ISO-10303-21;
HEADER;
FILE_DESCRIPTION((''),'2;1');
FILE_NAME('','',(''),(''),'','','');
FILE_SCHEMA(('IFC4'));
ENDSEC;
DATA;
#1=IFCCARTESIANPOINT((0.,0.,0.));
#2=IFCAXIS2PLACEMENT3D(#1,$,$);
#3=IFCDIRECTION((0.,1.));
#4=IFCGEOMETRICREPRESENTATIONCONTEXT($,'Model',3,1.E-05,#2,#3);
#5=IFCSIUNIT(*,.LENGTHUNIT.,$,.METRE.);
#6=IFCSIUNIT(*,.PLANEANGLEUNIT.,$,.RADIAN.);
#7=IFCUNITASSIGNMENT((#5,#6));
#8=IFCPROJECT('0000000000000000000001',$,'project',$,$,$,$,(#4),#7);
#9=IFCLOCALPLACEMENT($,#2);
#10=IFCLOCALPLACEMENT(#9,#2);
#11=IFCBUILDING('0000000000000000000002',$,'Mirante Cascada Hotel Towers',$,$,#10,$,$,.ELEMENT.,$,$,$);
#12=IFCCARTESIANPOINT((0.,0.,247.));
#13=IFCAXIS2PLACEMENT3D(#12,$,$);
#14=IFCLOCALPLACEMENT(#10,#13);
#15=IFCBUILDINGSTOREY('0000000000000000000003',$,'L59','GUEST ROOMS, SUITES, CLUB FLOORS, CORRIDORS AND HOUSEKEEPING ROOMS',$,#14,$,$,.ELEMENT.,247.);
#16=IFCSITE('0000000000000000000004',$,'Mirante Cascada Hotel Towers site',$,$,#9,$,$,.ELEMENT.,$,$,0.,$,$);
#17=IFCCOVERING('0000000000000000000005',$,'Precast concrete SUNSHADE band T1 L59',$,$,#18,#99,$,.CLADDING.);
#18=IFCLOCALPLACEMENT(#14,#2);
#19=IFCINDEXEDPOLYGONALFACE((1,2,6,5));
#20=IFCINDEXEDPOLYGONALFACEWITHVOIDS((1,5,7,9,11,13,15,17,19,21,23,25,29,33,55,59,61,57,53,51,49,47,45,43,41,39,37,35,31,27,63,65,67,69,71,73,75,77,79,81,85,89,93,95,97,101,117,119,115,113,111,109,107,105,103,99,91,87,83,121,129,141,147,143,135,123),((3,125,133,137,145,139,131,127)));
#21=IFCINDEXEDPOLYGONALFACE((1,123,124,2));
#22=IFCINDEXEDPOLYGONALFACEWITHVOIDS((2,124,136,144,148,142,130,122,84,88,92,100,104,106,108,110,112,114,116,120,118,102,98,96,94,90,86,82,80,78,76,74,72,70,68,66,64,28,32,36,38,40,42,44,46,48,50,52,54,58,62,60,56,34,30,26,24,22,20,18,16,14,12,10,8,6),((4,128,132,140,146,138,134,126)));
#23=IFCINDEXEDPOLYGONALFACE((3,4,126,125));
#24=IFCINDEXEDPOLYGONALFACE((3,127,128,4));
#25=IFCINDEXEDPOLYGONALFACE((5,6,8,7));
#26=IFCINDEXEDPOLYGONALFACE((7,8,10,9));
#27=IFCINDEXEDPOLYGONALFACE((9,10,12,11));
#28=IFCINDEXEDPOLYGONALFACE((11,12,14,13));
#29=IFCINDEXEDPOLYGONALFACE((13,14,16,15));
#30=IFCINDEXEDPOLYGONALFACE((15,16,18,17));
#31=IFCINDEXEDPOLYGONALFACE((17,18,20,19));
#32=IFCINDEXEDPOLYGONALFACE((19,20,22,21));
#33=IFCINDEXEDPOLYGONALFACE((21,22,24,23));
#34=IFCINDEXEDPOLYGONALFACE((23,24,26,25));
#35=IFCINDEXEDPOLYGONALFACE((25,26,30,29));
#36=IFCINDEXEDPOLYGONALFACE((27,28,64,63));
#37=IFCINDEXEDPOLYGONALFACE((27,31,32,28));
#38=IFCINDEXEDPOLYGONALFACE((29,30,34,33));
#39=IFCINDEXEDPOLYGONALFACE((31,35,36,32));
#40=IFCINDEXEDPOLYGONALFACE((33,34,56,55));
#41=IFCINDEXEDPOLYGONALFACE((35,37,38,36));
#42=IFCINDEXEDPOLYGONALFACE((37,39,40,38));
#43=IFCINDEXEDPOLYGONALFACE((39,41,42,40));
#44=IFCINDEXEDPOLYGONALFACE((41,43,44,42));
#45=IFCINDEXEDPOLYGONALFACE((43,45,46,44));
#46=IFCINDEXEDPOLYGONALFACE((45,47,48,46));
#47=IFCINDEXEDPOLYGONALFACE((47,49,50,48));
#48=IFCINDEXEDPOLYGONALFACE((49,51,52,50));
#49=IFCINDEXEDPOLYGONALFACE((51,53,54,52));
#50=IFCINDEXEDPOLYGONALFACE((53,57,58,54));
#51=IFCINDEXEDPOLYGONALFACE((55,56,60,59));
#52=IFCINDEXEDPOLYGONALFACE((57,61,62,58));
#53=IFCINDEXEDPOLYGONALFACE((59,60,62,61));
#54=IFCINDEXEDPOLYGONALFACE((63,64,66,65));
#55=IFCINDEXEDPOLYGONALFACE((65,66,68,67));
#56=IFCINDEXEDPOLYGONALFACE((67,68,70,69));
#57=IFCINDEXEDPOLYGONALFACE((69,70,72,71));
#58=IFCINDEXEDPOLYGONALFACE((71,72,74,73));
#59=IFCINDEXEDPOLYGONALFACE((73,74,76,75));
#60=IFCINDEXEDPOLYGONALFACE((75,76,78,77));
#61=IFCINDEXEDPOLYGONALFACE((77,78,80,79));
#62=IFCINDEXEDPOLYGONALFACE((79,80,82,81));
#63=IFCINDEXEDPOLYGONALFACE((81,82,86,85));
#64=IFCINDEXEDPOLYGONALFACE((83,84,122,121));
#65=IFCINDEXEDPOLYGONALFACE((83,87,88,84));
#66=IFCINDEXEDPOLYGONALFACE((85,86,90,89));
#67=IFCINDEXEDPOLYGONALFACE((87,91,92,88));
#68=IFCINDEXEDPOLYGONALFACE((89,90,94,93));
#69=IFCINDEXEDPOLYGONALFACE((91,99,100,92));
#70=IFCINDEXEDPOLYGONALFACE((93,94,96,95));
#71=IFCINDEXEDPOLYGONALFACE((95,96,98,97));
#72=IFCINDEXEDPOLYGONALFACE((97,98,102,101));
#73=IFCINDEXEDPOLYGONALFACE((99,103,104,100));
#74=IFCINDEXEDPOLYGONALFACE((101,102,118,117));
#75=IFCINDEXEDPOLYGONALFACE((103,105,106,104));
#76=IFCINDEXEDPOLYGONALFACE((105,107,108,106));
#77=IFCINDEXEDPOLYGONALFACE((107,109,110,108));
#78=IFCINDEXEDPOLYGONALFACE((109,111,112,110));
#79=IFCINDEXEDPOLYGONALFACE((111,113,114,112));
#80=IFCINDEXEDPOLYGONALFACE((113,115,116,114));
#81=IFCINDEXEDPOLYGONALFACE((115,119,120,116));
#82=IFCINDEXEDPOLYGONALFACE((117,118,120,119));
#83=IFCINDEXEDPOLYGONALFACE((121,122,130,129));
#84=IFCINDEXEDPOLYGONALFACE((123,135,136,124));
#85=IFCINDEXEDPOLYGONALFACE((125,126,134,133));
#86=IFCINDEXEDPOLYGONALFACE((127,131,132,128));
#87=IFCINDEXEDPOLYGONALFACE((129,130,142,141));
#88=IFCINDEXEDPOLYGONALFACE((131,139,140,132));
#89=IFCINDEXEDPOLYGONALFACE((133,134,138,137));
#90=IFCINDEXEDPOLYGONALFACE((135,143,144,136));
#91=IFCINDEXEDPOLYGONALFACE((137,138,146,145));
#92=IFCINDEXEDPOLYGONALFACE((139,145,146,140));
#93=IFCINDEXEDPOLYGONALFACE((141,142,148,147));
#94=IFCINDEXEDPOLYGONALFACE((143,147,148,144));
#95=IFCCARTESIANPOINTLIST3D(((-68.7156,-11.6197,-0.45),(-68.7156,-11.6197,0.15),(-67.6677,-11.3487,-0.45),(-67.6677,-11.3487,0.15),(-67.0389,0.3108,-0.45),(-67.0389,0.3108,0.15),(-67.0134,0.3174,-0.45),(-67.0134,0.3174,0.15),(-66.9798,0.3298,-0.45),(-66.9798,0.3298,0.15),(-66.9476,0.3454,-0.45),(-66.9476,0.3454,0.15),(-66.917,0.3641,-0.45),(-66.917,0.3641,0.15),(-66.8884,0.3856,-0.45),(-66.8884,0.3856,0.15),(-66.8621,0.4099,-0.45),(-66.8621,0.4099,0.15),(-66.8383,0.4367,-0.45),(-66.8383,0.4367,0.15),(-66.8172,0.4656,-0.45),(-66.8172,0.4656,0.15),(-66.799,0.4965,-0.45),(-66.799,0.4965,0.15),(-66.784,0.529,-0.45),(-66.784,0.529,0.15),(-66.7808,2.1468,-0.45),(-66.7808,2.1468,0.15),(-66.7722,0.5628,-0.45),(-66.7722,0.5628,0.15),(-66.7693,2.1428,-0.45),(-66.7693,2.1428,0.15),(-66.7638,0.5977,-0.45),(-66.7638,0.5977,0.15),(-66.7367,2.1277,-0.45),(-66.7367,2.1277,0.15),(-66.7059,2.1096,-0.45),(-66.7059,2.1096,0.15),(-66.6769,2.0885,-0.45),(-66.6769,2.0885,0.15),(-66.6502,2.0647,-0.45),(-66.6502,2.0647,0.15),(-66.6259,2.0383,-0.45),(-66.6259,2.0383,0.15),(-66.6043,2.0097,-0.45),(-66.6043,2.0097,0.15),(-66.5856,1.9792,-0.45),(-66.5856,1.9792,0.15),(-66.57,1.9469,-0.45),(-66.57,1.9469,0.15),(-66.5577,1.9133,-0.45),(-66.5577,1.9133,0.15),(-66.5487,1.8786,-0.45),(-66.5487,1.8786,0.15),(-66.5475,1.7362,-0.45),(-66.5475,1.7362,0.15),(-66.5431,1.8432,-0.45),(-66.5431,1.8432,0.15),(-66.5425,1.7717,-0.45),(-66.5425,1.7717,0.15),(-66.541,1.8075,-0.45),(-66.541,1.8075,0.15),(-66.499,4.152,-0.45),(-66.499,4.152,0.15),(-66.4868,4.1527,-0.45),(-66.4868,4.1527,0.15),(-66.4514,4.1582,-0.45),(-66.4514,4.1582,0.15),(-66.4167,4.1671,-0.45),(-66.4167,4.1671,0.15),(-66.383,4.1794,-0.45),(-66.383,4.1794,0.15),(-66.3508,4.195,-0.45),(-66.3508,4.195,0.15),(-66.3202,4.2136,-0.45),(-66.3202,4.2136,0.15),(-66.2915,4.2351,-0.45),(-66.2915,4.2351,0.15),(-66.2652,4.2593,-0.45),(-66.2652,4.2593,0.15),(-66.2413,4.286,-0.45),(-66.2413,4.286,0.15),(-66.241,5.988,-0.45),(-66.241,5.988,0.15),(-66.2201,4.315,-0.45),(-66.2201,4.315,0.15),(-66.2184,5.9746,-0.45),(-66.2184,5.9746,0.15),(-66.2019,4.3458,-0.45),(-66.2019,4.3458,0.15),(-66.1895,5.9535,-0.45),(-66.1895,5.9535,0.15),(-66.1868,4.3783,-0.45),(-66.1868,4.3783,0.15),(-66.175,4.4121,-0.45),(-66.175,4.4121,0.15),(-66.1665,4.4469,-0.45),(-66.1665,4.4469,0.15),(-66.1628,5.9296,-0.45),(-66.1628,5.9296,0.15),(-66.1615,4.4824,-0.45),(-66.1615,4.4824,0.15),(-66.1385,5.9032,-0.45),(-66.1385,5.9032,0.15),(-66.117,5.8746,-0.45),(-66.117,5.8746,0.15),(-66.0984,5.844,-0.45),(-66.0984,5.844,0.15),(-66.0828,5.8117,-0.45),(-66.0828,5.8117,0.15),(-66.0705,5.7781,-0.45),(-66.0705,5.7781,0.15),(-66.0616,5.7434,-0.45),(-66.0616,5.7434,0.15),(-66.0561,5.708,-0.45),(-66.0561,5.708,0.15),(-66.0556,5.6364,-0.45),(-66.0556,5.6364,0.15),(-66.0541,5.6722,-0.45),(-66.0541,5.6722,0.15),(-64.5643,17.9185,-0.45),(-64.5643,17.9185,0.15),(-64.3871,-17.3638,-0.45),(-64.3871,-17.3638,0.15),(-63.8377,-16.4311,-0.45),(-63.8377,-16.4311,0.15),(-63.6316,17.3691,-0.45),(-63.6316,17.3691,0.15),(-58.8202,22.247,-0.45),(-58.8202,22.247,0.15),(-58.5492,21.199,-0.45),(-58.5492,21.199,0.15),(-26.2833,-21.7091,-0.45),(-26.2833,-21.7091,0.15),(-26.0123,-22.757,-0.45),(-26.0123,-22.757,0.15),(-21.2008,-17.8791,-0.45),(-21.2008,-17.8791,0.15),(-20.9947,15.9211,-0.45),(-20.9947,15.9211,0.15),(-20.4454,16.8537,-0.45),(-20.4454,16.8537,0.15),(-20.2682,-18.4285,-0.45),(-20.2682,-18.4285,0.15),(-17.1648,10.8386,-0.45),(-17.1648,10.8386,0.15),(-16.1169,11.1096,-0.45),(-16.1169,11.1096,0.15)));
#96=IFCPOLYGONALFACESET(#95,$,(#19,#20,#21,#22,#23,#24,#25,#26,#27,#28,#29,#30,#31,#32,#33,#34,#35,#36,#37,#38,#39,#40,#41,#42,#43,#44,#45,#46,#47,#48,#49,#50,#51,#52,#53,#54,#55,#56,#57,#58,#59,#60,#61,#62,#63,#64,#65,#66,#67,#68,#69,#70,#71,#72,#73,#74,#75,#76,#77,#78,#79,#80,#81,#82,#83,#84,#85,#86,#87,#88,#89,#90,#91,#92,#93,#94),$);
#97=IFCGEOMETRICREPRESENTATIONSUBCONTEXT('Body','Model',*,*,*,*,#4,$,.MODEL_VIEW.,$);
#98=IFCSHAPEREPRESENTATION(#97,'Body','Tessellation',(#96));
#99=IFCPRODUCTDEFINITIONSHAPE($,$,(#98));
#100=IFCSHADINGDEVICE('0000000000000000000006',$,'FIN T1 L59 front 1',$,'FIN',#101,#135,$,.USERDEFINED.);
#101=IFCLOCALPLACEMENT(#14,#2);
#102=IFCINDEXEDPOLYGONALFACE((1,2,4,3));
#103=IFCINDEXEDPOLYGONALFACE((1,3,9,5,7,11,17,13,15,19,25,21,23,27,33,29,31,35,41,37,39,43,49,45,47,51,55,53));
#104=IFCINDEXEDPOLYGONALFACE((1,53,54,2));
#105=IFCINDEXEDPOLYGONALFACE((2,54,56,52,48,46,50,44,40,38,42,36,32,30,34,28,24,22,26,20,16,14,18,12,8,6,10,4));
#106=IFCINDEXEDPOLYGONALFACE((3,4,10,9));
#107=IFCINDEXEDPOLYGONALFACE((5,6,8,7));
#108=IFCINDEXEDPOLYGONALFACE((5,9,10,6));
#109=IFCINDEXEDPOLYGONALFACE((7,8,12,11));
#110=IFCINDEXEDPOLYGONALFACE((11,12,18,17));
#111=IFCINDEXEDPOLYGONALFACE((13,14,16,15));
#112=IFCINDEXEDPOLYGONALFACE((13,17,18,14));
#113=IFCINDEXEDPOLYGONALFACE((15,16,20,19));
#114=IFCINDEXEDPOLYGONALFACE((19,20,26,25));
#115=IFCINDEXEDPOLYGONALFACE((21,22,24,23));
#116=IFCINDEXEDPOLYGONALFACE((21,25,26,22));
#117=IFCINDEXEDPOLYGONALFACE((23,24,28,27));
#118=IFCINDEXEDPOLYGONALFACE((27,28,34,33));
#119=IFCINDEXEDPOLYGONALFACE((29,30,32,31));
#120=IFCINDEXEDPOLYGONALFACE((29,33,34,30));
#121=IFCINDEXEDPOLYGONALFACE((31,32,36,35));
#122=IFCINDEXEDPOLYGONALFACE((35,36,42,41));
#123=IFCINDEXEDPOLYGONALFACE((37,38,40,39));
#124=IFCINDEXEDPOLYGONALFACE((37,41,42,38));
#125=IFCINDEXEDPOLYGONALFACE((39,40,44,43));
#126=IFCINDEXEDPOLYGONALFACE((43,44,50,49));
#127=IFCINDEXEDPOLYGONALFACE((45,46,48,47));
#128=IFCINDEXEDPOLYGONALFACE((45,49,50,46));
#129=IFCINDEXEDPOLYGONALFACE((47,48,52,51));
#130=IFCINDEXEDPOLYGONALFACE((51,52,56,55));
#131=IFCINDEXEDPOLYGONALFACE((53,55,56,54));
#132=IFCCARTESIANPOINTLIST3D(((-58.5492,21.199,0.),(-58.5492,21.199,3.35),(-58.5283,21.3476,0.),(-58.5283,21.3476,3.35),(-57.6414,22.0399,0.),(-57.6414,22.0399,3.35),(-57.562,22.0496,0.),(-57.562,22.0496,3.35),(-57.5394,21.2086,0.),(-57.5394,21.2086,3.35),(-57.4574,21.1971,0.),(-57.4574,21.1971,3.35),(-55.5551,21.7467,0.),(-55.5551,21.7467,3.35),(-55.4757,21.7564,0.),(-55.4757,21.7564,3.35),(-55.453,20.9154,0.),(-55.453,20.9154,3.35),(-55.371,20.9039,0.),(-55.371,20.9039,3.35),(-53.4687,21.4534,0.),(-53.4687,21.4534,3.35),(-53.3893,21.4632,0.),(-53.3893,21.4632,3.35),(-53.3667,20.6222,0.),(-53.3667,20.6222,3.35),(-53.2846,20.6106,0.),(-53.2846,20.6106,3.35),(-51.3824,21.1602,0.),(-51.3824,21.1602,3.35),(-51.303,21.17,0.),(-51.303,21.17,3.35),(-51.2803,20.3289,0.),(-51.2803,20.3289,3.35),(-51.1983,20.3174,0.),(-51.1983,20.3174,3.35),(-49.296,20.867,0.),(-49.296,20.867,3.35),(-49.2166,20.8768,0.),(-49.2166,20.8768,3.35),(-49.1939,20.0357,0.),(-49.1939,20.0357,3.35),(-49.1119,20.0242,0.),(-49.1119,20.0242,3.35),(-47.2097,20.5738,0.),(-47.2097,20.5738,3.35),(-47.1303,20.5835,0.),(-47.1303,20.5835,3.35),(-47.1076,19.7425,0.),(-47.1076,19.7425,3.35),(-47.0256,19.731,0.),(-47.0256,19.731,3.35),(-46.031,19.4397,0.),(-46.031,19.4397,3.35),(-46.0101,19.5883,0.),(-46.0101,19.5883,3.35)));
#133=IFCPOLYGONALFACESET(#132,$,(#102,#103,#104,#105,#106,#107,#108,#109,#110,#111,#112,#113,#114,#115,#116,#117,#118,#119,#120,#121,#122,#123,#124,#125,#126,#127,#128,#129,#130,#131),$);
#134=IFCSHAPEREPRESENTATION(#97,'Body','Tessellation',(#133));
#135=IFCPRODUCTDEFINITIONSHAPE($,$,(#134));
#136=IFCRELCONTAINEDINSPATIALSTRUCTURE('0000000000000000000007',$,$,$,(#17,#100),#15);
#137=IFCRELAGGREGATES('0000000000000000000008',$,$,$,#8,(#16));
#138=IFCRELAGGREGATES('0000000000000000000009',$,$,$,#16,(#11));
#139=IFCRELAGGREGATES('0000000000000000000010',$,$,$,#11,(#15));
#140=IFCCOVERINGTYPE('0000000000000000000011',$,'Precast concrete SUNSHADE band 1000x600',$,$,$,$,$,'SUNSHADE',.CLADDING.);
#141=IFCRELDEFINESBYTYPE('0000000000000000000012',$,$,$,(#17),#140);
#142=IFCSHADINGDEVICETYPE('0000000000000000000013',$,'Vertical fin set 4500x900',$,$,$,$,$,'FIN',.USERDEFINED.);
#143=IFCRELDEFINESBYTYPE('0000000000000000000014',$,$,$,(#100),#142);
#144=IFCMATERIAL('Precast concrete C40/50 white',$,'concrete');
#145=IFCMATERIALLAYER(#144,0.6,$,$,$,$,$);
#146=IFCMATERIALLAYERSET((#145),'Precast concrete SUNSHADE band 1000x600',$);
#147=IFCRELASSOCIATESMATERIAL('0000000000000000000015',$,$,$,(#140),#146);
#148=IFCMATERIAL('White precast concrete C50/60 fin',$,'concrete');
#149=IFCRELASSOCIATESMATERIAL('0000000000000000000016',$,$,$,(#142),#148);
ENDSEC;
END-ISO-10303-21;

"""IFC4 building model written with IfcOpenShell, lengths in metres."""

from ifc_helpers import new_model, si_unit, direction, frame, origin, place, context, subcontext, project, spatial, polyline, outline, extrude, material, layer, layer_set, type_object, element, save


model = new_model("IFC4")

# Units and contexts
model_context = context("Model", 3, precision=1e-05, world=origin(), true_north=direction((0.0, 1.0)))
body_context = subcontext(model_context, "Body", "Model", "MODEL_VIEW")
ifc_project = project(units=[si_unit("LENGTHUNIT", "METRE"), si_unit("PLANEANGLEUNIT", "RADIAN")], contexts=[model_context])

# Site, building, storey
site_placement = place(None, origin())
site = spatial("IfcSite", under=ifc_project, at=site_placement, Name="Mirante Cascada Hotel Towers site", CompositionType="ELEMENT", RefElevation=0.0)
building_placement = place(site_placement, origin())
building = spatial("IfcBuilding", under=site, at=building_placement, Name="Mirante Cascada Hotel Towers", CompositionType="ELEMENT")
storey_placement = place(building_placement, frame((0.0, 0.0, 247.0)))
storey = spatial("IfcBuildingStorey", under=building, at=storey_placement, Name="L59", Description="GUEST ROOMS, SUITES, CLUB FLOORS, CORRIDORS AND HOUSEKEEPING ROOMS", CompositionType="ELEMENT", Elevation=247.0)

# Covering
ifc_material_1 = material(Name="Precast concrete C40/50 white", Category="concrete")
ifc_layer_1 = layer(ifc_material_1, 0.6)
ifc_layer_set_1 = layer_set([ifc_layer_1], Name="Precast concrete SUNSHADE band 1000x600")
covering_type = type_object("IfcCoveringType", Name="Precast concrete SUNSHADE band 1000x600", ElementType="SUNSHADE", PredefinedType="CLADDING", material=ifc_layer_set_1)
covering_placement = place(storey_placement, frame((0.0, 0.0, -0.45)))
element("IfcCovering", 1, at=covering_placement, inside=storey, type_object=covering_type, Name="Precast concrete SUNSHADE band T1 L59", PredefinedType="CLADDING", context=body_context, shape_type="SweptSolid", body=[
    extrude(outline(polyline([(-68.7156, -11.6197), (-67.0389, 0.3108), (-67.0134, 0.3174), (-66.9798, 0.3298), (-66.9476, 0.3454), (-66.917, 0.3641), (-66.8884, 0.3856), (-66.8621, 0.4099), (-66.8383, 0.4367), (-66.8172, 0.4656), (-66.799, 0.4965), (-66.784, 0.529), (-66.7722, 0.5628), (-66.7638, 0.5977), (-66.5475, 1.7362), (-66.5425, 1.7717), (-66.541, 1.8075), (-66.5431, 1.8432), (-66.5487, 1.8786), (-66.5577, 1.9133), (-66.57, 1.9469), (-66.5856, 1.9792), (-66.6043, 2.0097), (-66.6259, 2.0383), (-66.6502, 2.0647), (-66.6769, 2.0885), (-66.7059, 2.1096), (-66.7367, 2.1277), (-66.7693, 2.1428), (-66.7808, 2.1468), (-66.499, 4.152), (-66.4868, 4.1527), (-66.4514, 4.1582), (-66.4167, 4.1671), (-66.383, 4.1794), (-66.3508, 4.195), (-66.3202, 4.2136), (-66.2915, 4.2351), (-66.2652, 4.2593), (-66.2413, 4.286), (-66.2201, 4.315), (-66.2019, 4.3458), (-66.1868, 4.3783), (-66.175, 4.4121), (-66.1665, 4.4469), (-66.1615, 4.4824), (-66.0556, 5.6364), (-66.0541, 5.6722), (-66.0561, 5.708), (-66.0616, 5.7434), (-66.0705, 5.7781), (-66.0828, 5.8117), (-66.0984, 5.844), (-66.117, 5.8746), (-66.1385, 5.9032), (-66.1628, 5.9296), (-66.1895, 5.9535), (-66.2184, 5.9746), (-66.241, 5.988), (-64.5643, 17.9185), (-58.8202, 22.247), (-20.4454, 16.8537), (-16.1169, 11.1096), (-20.2682, -18.4285), (-26.0123, -22.757), (-64.3871, -17.3638), (-68.7156, -11.6197)]), holes=[polyline([(-17.1648, 10.8386), (-20.9947, 15.9211), (-58.5492, 21.199), (-63.6316, 17.3691), (-67.6677, -11.3487), (-63.8377, -16.4311), (-26.2833, -21.7091), (-21.2008, -17.8791), (-17.1648, 10.8386)])]), origin(), (0.0, 0.0, 1.0), 0.6),
])

# Shading device
ifc_material_2 = material(Name="White precast concrete C50/60 fin", Category="concrete")
shading_device_type = type_object("IfcShadingDeviceType", Name="Vertical fin set 4500x900", ElementType="FIN", PredefinedType="USERDEFINED", material=ifc_material_2)
shading_device_placement = place(storey_placement, origin())
element("IfcShadingDevice", 2, at=shading_device_placement, inside=storey, type_object=shading_device_type, Name="FIN T1 L59 front 1", ObjectType="FIN", PredefinedType="USERDEFINED", context=body_context, shape_type="SweptSolid", body=[
    extrude(outline(polyline([(-47.1303, 20.5835), (-47.0256, 19.731), (-46.0101, 19.5883), (-46.031, 19.4397), (-58.5492, 21.199), (-58.5283, 21.3476), (-57.5394, 21.2086), (-57.6414, 22.0399), (-57.562, 22.0496), (-57.4574, 21.1971), (-55.453, 20.9154), (-55.5551, 21.7467), (-55.4757, 21.7564), (-55.371, 20.9039), (-53.3667, 20.6222), (-53.4687, 21.4534), (-53.3893, 21.4632), (-53.2846, 20.6106), (-51.2803, 20.3289), (-51.3824, 21.1602), (-51.303, 21.17), (-51.1983, 20.3174), (-49.1939, 20.0357), (-49.296, 20.867), (-49.2166, 20.8768), (-49.1119, 20.0242), (-47.1076, 19.7425), (-47.2097, 20.5738), (-47.1303, 20.5835)])), origin(), (0.0, 0.0, 1.0), 3.35),
])

save(model, "model.ifc")
